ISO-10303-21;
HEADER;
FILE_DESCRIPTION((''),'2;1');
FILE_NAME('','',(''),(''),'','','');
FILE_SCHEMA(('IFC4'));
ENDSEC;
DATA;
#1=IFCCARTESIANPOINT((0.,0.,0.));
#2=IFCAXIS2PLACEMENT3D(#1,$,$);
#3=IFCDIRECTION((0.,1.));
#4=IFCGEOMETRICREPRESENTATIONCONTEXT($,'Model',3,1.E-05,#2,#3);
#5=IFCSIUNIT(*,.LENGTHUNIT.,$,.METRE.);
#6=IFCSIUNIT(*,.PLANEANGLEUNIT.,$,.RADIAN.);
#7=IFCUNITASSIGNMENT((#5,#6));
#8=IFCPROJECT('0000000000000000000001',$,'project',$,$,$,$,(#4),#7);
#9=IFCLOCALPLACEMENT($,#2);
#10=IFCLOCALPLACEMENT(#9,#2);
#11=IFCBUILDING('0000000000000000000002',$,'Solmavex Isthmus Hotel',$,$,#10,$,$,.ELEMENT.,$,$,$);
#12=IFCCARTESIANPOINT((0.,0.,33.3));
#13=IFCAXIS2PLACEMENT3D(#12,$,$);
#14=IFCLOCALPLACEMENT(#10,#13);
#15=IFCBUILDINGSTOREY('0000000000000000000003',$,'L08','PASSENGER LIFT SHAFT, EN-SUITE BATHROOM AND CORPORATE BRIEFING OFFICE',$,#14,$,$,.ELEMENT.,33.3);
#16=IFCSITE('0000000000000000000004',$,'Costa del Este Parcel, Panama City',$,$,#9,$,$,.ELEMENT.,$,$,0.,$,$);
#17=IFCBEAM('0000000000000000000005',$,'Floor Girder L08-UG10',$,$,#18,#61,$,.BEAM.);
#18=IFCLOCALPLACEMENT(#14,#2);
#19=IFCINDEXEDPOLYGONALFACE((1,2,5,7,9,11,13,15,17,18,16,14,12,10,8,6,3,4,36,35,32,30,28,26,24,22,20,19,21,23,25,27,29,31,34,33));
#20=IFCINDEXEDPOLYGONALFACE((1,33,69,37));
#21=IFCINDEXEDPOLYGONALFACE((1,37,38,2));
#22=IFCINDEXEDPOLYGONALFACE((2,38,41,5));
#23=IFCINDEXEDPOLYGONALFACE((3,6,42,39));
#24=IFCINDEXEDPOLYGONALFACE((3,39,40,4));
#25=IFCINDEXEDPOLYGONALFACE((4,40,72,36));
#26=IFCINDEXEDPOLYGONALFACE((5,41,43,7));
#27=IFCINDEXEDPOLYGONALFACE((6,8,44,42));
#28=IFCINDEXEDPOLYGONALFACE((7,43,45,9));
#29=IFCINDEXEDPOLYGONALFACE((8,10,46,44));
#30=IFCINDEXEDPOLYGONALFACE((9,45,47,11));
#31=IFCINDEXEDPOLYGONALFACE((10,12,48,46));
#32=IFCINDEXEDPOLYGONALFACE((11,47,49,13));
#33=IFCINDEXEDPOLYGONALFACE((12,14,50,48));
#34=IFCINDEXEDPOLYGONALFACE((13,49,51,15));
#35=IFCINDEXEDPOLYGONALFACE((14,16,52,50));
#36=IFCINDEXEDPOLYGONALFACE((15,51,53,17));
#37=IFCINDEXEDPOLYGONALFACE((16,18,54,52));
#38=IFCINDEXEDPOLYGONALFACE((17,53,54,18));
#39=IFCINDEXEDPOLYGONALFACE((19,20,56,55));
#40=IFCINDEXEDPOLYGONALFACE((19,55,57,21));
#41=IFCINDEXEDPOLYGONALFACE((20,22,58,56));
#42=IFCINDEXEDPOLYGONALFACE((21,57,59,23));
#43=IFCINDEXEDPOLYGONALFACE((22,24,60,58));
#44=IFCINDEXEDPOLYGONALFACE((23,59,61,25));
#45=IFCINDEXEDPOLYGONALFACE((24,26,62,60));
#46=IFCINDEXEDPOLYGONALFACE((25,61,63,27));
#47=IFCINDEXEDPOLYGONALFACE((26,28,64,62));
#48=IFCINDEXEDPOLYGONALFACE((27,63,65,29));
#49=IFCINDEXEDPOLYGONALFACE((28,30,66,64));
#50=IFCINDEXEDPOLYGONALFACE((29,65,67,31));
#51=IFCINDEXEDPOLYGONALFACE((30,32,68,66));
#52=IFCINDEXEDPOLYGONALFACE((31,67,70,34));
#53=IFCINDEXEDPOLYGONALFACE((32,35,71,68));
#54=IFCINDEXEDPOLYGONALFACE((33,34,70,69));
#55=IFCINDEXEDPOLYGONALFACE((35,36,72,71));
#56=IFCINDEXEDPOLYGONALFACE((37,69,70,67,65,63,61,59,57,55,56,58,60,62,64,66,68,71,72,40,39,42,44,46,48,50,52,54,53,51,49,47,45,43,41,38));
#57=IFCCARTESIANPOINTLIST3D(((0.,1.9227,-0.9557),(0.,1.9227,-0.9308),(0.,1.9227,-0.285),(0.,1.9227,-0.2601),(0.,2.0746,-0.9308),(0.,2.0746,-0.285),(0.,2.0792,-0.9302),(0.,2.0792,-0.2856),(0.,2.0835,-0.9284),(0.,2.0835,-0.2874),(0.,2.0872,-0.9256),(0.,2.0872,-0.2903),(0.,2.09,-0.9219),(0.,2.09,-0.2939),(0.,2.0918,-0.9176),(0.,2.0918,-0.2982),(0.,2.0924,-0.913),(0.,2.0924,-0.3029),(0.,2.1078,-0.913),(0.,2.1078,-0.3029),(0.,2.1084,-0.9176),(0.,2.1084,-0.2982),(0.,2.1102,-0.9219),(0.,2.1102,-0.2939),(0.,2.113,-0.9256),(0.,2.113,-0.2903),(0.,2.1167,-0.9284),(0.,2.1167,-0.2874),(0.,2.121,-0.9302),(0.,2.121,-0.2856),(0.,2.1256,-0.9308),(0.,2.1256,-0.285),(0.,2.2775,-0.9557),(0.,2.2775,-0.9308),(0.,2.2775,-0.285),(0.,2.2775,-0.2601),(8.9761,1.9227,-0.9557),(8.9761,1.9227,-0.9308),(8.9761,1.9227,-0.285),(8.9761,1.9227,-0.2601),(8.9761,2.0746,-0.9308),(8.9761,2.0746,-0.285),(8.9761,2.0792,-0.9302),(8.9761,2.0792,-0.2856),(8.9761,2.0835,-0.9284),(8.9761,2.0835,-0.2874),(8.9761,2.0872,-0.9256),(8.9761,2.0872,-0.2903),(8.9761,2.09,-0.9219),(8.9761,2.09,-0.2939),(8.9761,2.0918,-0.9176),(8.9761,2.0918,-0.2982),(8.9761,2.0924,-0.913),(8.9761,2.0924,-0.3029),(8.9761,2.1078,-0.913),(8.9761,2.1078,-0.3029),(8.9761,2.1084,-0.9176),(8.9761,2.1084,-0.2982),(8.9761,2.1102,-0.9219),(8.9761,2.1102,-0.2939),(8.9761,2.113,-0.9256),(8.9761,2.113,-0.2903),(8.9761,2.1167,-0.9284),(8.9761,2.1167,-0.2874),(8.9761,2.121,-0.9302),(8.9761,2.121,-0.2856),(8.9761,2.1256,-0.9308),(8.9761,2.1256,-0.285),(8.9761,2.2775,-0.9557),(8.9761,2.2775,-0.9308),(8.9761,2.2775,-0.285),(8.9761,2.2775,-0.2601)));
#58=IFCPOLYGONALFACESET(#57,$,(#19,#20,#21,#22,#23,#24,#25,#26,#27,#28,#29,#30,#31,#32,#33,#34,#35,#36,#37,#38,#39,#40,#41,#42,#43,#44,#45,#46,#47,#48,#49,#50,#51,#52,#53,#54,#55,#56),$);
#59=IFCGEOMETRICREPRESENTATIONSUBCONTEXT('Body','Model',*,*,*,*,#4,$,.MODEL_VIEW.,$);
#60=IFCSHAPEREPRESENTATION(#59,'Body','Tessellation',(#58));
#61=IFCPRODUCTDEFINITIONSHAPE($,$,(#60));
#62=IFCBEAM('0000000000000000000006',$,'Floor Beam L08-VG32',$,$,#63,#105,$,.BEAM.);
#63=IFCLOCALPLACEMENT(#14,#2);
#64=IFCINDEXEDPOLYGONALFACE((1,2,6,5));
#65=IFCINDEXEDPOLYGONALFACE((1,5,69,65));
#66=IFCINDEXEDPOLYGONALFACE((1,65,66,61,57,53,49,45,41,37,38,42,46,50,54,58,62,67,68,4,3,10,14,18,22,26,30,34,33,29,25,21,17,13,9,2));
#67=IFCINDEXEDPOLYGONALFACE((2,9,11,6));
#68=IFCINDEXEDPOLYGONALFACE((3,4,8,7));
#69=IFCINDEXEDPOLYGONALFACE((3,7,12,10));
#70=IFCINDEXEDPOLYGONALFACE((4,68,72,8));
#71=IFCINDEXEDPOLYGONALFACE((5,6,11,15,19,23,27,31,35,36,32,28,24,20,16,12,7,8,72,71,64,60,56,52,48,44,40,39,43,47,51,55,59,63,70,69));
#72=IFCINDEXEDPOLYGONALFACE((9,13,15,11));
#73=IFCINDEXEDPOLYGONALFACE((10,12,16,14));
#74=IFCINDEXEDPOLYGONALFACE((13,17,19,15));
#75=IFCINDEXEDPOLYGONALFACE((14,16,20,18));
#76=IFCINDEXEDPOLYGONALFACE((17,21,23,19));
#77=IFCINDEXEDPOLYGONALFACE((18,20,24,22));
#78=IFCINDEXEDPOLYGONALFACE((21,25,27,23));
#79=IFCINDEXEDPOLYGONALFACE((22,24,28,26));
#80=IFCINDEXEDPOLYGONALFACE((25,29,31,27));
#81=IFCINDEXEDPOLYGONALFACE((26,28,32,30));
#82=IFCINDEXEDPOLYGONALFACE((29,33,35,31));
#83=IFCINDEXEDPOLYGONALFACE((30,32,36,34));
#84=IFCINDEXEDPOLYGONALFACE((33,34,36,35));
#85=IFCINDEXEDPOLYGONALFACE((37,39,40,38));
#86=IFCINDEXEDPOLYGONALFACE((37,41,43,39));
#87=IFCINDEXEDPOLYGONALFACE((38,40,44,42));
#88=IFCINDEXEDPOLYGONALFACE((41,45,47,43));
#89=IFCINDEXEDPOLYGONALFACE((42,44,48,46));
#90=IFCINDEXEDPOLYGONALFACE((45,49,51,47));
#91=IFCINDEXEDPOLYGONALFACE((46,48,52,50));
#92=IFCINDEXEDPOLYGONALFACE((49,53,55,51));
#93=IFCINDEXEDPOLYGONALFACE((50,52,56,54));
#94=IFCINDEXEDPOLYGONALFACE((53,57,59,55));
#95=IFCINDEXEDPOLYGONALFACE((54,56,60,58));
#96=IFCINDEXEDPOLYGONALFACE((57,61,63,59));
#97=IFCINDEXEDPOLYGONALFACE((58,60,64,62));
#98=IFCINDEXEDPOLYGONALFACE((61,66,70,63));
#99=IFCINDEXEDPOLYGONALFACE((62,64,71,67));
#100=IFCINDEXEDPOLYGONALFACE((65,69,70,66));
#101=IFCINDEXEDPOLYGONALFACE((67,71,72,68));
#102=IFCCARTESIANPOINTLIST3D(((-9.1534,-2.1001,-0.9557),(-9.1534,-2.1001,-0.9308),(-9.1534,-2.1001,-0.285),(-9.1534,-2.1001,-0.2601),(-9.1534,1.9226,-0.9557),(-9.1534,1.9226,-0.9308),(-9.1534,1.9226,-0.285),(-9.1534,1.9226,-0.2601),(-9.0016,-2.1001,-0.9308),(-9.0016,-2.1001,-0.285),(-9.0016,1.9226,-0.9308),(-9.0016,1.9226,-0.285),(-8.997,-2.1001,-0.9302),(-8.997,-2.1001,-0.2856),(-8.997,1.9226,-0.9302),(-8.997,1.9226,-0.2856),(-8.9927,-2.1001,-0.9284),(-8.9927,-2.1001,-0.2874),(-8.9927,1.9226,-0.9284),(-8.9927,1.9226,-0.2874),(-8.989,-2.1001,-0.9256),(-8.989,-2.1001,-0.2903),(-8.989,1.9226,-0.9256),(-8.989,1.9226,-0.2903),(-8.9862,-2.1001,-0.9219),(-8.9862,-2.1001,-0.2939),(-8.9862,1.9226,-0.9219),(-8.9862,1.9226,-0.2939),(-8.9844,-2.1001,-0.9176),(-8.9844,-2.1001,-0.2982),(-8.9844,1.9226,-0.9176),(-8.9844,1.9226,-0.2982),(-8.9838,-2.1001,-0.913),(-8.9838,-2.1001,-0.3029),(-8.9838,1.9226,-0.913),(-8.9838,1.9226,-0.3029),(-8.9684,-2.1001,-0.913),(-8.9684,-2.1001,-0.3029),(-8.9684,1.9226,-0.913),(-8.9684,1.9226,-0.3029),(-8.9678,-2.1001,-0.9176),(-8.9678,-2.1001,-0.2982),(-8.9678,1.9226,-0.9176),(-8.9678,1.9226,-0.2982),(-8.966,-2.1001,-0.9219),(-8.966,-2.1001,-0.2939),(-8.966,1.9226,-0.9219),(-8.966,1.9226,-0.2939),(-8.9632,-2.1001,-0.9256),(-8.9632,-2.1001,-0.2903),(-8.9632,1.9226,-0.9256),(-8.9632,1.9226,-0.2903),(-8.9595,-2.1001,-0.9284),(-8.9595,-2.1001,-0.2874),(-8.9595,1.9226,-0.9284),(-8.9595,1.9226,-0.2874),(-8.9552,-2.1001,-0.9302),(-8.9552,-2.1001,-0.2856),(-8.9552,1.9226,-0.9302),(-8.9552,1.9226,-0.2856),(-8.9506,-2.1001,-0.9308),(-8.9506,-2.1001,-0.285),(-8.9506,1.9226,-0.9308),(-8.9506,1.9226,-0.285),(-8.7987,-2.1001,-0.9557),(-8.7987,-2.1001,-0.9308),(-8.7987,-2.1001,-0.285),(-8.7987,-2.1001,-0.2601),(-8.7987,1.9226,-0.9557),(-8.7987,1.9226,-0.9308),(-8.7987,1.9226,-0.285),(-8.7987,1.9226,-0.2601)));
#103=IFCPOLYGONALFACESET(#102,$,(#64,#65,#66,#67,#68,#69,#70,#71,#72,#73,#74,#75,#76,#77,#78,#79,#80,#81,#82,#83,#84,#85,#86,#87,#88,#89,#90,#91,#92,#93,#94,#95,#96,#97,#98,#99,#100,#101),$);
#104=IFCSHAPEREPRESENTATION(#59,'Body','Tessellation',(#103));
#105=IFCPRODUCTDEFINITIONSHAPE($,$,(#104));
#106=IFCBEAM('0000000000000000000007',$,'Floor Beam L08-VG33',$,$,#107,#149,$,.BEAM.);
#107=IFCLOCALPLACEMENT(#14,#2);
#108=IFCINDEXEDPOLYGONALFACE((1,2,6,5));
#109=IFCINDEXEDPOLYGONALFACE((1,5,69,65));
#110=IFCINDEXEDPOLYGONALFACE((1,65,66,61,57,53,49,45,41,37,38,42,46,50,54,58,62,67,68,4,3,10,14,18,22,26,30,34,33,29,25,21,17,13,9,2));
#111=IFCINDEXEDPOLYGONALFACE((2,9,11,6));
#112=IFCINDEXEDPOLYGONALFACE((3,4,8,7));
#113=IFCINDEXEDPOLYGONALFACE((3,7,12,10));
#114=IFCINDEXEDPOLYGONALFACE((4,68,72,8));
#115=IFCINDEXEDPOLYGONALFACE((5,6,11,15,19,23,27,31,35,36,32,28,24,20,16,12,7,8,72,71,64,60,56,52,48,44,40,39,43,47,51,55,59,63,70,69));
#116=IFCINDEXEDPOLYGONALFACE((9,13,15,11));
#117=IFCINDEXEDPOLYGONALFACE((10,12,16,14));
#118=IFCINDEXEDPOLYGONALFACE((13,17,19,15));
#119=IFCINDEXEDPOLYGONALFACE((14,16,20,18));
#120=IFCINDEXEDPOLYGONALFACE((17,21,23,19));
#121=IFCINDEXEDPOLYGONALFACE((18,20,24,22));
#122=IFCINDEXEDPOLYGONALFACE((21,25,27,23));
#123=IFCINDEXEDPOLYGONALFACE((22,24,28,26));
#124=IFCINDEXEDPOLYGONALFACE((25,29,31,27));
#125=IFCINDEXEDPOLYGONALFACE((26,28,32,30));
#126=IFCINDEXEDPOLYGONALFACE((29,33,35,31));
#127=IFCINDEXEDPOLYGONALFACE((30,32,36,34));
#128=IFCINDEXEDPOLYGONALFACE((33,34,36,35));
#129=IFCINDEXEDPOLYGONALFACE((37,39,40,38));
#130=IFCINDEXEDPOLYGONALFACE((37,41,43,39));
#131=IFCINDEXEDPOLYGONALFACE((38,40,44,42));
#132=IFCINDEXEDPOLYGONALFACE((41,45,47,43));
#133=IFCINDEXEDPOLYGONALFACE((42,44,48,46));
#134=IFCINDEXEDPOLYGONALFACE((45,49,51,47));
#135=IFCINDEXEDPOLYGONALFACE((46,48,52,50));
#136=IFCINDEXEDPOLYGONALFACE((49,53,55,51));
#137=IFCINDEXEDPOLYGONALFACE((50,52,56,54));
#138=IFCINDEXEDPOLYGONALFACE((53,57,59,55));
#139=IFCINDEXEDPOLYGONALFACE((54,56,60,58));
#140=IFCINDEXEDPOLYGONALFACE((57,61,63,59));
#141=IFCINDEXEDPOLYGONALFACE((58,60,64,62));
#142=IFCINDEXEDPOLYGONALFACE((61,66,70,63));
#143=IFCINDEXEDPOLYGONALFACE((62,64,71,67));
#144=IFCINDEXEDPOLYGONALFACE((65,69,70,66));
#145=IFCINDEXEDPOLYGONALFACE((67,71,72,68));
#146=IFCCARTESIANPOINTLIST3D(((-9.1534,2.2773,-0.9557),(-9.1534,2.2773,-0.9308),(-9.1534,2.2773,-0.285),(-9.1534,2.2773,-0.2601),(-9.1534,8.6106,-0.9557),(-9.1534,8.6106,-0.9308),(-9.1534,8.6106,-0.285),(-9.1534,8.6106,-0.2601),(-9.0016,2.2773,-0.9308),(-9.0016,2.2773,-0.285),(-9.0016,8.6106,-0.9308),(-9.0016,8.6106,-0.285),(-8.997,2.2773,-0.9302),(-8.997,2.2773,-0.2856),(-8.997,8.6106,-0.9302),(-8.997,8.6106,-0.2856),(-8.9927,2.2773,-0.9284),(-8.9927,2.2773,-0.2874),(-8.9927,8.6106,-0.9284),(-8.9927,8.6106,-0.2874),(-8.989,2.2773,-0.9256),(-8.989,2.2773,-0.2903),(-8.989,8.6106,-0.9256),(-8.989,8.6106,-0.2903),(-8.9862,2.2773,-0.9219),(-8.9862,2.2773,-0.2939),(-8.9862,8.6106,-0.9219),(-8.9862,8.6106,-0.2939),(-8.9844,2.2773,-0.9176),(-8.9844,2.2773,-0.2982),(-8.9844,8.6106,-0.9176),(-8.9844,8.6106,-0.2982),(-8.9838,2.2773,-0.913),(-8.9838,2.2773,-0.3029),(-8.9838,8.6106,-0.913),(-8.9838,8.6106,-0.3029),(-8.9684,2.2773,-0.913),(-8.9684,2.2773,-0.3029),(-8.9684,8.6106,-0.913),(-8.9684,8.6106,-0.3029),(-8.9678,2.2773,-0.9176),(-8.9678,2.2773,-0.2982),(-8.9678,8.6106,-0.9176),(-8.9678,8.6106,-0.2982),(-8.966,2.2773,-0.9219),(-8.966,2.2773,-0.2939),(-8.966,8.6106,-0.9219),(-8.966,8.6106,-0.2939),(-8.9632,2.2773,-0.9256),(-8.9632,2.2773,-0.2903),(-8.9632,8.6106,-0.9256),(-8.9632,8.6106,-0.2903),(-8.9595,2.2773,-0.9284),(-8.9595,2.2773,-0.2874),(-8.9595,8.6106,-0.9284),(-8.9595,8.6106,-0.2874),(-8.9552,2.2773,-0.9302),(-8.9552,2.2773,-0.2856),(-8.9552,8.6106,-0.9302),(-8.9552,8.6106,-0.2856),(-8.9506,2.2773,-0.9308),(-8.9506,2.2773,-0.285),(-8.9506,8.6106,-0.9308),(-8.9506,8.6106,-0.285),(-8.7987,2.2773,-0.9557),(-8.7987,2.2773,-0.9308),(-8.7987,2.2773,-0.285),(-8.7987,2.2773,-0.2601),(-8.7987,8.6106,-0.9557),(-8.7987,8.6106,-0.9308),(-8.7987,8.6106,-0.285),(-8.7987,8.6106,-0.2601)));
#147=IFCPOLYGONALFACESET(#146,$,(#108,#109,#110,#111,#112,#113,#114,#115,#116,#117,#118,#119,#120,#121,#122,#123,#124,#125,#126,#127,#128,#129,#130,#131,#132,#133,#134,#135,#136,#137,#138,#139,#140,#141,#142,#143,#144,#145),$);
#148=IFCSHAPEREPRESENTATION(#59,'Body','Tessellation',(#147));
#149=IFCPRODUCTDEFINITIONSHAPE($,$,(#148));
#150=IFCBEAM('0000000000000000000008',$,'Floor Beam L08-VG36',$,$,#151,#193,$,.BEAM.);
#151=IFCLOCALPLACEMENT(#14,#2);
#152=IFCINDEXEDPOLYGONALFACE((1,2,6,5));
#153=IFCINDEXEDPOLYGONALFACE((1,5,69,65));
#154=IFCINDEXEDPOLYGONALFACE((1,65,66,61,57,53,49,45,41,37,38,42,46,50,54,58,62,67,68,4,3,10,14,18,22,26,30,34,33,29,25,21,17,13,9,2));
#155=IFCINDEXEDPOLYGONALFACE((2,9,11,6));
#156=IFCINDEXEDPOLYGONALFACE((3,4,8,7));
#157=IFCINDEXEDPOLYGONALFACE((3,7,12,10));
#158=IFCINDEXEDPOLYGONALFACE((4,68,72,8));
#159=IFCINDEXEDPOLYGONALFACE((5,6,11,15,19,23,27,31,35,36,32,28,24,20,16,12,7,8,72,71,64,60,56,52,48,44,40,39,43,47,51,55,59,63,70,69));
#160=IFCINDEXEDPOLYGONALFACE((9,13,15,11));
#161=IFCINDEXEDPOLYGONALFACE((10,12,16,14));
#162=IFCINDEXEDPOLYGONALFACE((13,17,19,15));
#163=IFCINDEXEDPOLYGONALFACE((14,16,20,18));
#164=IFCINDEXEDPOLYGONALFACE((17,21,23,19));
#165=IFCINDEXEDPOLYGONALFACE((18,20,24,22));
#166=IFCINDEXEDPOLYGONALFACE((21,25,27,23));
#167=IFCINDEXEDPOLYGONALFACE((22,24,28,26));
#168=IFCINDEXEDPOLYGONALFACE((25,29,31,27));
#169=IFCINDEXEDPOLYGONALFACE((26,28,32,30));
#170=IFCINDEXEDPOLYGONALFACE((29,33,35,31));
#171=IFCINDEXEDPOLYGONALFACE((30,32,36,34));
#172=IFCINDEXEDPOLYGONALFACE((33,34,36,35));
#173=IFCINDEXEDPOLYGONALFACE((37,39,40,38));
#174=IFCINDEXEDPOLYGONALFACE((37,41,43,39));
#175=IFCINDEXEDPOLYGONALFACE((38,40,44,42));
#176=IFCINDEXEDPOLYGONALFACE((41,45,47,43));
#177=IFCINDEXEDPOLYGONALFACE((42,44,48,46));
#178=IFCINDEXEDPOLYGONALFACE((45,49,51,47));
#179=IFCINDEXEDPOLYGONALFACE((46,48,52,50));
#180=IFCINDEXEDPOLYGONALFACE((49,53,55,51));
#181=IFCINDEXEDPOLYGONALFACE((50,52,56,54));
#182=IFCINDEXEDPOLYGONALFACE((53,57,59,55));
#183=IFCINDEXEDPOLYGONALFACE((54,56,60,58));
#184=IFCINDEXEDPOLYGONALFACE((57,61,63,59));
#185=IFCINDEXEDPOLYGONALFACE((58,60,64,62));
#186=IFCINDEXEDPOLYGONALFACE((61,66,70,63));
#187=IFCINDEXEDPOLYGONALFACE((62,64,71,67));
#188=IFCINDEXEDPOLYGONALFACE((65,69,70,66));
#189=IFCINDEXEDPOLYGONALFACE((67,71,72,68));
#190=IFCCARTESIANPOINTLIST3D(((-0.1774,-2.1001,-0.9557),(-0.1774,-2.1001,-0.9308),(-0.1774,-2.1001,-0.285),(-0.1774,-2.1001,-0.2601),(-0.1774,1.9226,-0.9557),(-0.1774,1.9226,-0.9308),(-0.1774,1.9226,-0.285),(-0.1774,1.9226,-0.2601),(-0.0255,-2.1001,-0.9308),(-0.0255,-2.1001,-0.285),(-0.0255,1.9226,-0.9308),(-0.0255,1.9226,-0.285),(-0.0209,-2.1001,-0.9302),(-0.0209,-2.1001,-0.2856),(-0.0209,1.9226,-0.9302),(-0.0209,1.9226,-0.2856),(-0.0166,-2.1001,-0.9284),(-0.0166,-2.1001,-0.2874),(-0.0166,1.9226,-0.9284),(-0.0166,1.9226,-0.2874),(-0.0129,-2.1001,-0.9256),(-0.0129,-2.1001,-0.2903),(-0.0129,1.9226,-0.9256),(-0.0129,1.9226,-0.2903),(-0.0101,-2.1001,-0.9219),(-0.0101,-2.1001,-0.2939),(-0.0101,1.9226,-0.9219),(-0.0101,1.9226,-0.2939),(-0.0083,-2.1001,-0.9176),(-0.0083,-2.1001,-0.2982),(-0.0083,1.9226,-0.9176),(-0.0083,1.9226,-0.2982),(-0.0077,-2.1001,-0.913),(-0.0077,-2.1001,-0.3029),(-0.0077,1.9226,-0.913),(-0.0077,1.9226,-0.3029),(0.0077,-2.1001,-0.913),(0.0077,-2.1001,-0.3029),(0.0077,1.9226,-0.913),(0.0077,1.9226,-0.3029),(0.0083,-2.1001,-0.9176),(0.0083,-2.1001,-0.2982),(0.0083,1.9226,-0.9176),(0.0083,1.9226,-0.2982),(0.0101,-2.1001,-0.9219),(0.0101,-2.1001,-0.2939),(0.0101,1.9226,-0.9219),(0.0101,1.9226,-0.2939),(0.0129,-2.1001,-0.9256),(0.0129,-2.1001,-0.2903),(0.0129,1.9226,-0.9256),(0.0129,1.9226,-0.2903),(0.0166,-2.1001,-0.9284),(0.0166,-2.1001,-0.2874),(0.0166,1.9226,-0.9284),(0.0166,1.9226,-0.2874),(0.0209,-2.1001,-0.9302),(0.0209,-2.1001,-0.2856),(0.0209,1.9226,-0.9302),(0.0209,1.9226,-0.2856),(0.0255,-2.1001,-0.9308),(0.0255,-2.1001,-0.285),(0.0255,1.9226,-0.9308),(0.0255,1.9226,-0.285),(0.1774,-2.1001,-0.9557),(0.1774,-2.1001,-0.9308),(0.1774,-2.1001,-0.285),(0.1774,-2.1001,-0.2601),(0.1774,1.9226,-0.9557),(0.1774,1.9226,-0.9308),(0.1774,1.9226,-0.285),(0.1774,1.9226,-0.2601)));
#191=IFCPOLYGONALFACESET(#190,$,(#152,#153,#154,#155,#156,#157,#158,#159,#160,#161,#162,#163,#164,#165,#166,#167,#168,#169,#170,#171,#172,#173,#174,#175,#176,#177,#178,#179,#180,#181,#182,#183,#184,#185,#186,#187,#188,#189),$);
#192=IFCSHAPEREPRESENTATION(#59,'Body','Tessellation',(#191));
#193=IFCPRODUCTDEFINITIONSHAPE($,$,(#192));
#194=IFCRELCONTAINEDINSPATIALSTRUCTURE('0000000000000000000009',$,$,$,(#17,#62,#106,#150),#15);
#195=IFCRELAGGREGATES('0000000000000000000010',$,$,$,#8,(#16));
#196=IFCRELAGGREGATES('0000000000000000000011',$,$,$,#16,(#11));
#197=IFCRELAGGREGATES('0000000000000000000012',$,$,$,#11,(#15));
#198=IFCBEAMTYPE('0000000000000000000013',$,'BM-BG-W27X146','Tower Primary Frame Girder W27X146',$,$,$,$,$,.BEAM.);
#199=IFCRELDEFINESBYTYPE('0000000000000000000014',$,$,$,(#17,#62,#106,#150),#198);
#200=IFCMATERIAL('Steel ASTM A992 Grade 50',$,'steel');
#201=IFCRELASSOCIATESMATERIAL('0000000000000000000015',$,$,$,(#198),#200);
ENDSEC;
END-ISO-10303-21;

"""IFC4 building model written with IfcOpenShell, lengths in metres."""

from ifc_helpers import new_model, si_unit, direction, frame, origin, origin_2d, place, context, subcontext, project, spatial, i_section, extrude, material, material_profile, profile_set, type_object, element, save


model = new_model("IFC4")

# Units and contexts
model_context = context("Model", 3, precision=1e-05, world=origin(), true_north=direction((0.0, 1.0)))
body_context = subcontext(model_context, "Body", "Model", "MODEL_VIEW")
ifc_project = project(units=[si_unit("LENGTHUNIT", "METRE"), si_unit("PLANEANGLEUNIT", "RADIAN")], contexts=[model_context])

# Site, building, storey
site_placement = place(None, origin())
site = spatial("IfcSite", under=ifc_project, at=site_placement, Name="Costa del Este Parcel, Panama City", CompositionType="ELEMENT", RefElevation=0.0)
building_placement = place(site_placement, origin())
building = spatial("IfcBuilding", under=site, at=building_placement, Name="Solmavex Isthmus Hotel", CompositionType="ELEMENT")
storey_placement = place(building_placement, frame((0.0, 0.0, 33.3)))
storey = spatial("IfcBuildingStorey", under=building, at=storey_placement, Name="L08", Description="PASSENGER LIFT SHAFT, EN-SUITE BATHROOM AND CORPORATE BRIEFING OFFICE", CompositionType="ELEMENT", Elevation=33.3)

# Beams
ifc_material_1 = material(Name="Steel ASTM A992 Grade 50", Category="steel")
ifc_material_profile_1 = material_profile(ifc_material_1, i_section(OverallWidth=0.3547, OverallDepth=0.6956, WebThickness=0.0154, FlangeThickness=0.0249, FilletRadius=0.0178, at=origin_2d()), Name="W27X146")
ifc_profile_set_1 = profile_set([ifc_material_profile_1], Name="Steel ASTM A992 Grade 50")
beam_type_1 = type_object("IfcBeamType", Name="BM-BG-W27X146", Description="Tower Primary Frame Girder W27X146", PredefinedType="BEAM", material=ifc_profile_set_1)
for number, where, z_axis, x_axis, name in (
    (1, (0.0, 2.1001, -0.6079), (1.0, 0.0, 0.0), (0.0, 1.0, 0.0), "Floor Girder L08-UG10"),
):
    element("IfcBeam", number, at=place(storey_placement, frame(where, z_axis=z_axis, x_axis=x_axis)), inside=storey, type_object=beam_type_1, Name=name, PredefinedType="BEAM", context=body_context, shape_type="SweptSolid", body=[
        extrude(i_section(OverallWidth=0.3547, OverallDepth=0.6956, WebThickness=0.0154, FlangeThickness=0.0249, FilletRadius=0.0178, at=origin_2d()), origin(), (0.0, 0.0, 1.0), 8.9761),
    ])
beam_1_placement = place(storey_placement, frame((-8.9761, -2.1001, -0.6079), z_axis=(0.0, 1.0, 0.0), x_axis=(-1.0, 0.0, 0.0)))
element("IfcBeam", 2, at=beam_1_placement, inside=storey, type_object=beam_type_1, Name="Floor Beam L08-VG32", PredefinedType="BEAM", context=body_context, shape_type="SweptSolid", body=[
    extrude(i_section(OverallWidth=0.3547, OverallDepth=0.6956, WebThickness=0.0154, FlangeThickness=0.0249, FilletRadius=0.0178, at=origin_2d()), origin(), (0.0, 0.0, 1.0), 4.0227),
])
beam_2_placement = place(storey_placement, frame((-8.9761, 2.2773, -0.6079), z_axis=(0.0, 1.0, 0.0), x_axis=(-1.0, 0.0, 0.0)))
element("IfcBeam", 3, at=beam_2_placement, inside=storey, type_object=beam_type_1, Name="Floor Beam L08-VG33", PredefinedType="BEAM", context=body_context, shape_type="SweptSolid", body=[
    extrude(i_section(OverallWidth=0.3547, OverallDepth=0.6956, WebThickness=0.0154, FlangeThickness=0.0249, FilletRadius=0.0178, at=origin_2d()), origin(), (0.0, 0.0, 1.0), 6.3333),
])
beam_3_placement = place(storey_placement, frame((0.0, -2.1001, -0.6079), z_axis=(0.0, 1.0, 0.0), x_axis=(-1.0, 0.0, 0.0)))
element("IfcBeam", 4, at=beam_3_placement, inside=storey, type_object=beam_type_1, Name="Floor Beam L08-VG36", PredefinedType="BEAM", context=body_context, shape_type="SweptSolid", body=[
    extrude(i_section(OverallWidth=0.3547, OverallDepth=0.6956, WebThickness=0.0154, FlangeThickness=0.0249, FilletRadius=0.0178, at=origin_2d()), origin(), (0.0, 0.0, 1.0), 4.0227),
])

save(model, "model.ifc")
